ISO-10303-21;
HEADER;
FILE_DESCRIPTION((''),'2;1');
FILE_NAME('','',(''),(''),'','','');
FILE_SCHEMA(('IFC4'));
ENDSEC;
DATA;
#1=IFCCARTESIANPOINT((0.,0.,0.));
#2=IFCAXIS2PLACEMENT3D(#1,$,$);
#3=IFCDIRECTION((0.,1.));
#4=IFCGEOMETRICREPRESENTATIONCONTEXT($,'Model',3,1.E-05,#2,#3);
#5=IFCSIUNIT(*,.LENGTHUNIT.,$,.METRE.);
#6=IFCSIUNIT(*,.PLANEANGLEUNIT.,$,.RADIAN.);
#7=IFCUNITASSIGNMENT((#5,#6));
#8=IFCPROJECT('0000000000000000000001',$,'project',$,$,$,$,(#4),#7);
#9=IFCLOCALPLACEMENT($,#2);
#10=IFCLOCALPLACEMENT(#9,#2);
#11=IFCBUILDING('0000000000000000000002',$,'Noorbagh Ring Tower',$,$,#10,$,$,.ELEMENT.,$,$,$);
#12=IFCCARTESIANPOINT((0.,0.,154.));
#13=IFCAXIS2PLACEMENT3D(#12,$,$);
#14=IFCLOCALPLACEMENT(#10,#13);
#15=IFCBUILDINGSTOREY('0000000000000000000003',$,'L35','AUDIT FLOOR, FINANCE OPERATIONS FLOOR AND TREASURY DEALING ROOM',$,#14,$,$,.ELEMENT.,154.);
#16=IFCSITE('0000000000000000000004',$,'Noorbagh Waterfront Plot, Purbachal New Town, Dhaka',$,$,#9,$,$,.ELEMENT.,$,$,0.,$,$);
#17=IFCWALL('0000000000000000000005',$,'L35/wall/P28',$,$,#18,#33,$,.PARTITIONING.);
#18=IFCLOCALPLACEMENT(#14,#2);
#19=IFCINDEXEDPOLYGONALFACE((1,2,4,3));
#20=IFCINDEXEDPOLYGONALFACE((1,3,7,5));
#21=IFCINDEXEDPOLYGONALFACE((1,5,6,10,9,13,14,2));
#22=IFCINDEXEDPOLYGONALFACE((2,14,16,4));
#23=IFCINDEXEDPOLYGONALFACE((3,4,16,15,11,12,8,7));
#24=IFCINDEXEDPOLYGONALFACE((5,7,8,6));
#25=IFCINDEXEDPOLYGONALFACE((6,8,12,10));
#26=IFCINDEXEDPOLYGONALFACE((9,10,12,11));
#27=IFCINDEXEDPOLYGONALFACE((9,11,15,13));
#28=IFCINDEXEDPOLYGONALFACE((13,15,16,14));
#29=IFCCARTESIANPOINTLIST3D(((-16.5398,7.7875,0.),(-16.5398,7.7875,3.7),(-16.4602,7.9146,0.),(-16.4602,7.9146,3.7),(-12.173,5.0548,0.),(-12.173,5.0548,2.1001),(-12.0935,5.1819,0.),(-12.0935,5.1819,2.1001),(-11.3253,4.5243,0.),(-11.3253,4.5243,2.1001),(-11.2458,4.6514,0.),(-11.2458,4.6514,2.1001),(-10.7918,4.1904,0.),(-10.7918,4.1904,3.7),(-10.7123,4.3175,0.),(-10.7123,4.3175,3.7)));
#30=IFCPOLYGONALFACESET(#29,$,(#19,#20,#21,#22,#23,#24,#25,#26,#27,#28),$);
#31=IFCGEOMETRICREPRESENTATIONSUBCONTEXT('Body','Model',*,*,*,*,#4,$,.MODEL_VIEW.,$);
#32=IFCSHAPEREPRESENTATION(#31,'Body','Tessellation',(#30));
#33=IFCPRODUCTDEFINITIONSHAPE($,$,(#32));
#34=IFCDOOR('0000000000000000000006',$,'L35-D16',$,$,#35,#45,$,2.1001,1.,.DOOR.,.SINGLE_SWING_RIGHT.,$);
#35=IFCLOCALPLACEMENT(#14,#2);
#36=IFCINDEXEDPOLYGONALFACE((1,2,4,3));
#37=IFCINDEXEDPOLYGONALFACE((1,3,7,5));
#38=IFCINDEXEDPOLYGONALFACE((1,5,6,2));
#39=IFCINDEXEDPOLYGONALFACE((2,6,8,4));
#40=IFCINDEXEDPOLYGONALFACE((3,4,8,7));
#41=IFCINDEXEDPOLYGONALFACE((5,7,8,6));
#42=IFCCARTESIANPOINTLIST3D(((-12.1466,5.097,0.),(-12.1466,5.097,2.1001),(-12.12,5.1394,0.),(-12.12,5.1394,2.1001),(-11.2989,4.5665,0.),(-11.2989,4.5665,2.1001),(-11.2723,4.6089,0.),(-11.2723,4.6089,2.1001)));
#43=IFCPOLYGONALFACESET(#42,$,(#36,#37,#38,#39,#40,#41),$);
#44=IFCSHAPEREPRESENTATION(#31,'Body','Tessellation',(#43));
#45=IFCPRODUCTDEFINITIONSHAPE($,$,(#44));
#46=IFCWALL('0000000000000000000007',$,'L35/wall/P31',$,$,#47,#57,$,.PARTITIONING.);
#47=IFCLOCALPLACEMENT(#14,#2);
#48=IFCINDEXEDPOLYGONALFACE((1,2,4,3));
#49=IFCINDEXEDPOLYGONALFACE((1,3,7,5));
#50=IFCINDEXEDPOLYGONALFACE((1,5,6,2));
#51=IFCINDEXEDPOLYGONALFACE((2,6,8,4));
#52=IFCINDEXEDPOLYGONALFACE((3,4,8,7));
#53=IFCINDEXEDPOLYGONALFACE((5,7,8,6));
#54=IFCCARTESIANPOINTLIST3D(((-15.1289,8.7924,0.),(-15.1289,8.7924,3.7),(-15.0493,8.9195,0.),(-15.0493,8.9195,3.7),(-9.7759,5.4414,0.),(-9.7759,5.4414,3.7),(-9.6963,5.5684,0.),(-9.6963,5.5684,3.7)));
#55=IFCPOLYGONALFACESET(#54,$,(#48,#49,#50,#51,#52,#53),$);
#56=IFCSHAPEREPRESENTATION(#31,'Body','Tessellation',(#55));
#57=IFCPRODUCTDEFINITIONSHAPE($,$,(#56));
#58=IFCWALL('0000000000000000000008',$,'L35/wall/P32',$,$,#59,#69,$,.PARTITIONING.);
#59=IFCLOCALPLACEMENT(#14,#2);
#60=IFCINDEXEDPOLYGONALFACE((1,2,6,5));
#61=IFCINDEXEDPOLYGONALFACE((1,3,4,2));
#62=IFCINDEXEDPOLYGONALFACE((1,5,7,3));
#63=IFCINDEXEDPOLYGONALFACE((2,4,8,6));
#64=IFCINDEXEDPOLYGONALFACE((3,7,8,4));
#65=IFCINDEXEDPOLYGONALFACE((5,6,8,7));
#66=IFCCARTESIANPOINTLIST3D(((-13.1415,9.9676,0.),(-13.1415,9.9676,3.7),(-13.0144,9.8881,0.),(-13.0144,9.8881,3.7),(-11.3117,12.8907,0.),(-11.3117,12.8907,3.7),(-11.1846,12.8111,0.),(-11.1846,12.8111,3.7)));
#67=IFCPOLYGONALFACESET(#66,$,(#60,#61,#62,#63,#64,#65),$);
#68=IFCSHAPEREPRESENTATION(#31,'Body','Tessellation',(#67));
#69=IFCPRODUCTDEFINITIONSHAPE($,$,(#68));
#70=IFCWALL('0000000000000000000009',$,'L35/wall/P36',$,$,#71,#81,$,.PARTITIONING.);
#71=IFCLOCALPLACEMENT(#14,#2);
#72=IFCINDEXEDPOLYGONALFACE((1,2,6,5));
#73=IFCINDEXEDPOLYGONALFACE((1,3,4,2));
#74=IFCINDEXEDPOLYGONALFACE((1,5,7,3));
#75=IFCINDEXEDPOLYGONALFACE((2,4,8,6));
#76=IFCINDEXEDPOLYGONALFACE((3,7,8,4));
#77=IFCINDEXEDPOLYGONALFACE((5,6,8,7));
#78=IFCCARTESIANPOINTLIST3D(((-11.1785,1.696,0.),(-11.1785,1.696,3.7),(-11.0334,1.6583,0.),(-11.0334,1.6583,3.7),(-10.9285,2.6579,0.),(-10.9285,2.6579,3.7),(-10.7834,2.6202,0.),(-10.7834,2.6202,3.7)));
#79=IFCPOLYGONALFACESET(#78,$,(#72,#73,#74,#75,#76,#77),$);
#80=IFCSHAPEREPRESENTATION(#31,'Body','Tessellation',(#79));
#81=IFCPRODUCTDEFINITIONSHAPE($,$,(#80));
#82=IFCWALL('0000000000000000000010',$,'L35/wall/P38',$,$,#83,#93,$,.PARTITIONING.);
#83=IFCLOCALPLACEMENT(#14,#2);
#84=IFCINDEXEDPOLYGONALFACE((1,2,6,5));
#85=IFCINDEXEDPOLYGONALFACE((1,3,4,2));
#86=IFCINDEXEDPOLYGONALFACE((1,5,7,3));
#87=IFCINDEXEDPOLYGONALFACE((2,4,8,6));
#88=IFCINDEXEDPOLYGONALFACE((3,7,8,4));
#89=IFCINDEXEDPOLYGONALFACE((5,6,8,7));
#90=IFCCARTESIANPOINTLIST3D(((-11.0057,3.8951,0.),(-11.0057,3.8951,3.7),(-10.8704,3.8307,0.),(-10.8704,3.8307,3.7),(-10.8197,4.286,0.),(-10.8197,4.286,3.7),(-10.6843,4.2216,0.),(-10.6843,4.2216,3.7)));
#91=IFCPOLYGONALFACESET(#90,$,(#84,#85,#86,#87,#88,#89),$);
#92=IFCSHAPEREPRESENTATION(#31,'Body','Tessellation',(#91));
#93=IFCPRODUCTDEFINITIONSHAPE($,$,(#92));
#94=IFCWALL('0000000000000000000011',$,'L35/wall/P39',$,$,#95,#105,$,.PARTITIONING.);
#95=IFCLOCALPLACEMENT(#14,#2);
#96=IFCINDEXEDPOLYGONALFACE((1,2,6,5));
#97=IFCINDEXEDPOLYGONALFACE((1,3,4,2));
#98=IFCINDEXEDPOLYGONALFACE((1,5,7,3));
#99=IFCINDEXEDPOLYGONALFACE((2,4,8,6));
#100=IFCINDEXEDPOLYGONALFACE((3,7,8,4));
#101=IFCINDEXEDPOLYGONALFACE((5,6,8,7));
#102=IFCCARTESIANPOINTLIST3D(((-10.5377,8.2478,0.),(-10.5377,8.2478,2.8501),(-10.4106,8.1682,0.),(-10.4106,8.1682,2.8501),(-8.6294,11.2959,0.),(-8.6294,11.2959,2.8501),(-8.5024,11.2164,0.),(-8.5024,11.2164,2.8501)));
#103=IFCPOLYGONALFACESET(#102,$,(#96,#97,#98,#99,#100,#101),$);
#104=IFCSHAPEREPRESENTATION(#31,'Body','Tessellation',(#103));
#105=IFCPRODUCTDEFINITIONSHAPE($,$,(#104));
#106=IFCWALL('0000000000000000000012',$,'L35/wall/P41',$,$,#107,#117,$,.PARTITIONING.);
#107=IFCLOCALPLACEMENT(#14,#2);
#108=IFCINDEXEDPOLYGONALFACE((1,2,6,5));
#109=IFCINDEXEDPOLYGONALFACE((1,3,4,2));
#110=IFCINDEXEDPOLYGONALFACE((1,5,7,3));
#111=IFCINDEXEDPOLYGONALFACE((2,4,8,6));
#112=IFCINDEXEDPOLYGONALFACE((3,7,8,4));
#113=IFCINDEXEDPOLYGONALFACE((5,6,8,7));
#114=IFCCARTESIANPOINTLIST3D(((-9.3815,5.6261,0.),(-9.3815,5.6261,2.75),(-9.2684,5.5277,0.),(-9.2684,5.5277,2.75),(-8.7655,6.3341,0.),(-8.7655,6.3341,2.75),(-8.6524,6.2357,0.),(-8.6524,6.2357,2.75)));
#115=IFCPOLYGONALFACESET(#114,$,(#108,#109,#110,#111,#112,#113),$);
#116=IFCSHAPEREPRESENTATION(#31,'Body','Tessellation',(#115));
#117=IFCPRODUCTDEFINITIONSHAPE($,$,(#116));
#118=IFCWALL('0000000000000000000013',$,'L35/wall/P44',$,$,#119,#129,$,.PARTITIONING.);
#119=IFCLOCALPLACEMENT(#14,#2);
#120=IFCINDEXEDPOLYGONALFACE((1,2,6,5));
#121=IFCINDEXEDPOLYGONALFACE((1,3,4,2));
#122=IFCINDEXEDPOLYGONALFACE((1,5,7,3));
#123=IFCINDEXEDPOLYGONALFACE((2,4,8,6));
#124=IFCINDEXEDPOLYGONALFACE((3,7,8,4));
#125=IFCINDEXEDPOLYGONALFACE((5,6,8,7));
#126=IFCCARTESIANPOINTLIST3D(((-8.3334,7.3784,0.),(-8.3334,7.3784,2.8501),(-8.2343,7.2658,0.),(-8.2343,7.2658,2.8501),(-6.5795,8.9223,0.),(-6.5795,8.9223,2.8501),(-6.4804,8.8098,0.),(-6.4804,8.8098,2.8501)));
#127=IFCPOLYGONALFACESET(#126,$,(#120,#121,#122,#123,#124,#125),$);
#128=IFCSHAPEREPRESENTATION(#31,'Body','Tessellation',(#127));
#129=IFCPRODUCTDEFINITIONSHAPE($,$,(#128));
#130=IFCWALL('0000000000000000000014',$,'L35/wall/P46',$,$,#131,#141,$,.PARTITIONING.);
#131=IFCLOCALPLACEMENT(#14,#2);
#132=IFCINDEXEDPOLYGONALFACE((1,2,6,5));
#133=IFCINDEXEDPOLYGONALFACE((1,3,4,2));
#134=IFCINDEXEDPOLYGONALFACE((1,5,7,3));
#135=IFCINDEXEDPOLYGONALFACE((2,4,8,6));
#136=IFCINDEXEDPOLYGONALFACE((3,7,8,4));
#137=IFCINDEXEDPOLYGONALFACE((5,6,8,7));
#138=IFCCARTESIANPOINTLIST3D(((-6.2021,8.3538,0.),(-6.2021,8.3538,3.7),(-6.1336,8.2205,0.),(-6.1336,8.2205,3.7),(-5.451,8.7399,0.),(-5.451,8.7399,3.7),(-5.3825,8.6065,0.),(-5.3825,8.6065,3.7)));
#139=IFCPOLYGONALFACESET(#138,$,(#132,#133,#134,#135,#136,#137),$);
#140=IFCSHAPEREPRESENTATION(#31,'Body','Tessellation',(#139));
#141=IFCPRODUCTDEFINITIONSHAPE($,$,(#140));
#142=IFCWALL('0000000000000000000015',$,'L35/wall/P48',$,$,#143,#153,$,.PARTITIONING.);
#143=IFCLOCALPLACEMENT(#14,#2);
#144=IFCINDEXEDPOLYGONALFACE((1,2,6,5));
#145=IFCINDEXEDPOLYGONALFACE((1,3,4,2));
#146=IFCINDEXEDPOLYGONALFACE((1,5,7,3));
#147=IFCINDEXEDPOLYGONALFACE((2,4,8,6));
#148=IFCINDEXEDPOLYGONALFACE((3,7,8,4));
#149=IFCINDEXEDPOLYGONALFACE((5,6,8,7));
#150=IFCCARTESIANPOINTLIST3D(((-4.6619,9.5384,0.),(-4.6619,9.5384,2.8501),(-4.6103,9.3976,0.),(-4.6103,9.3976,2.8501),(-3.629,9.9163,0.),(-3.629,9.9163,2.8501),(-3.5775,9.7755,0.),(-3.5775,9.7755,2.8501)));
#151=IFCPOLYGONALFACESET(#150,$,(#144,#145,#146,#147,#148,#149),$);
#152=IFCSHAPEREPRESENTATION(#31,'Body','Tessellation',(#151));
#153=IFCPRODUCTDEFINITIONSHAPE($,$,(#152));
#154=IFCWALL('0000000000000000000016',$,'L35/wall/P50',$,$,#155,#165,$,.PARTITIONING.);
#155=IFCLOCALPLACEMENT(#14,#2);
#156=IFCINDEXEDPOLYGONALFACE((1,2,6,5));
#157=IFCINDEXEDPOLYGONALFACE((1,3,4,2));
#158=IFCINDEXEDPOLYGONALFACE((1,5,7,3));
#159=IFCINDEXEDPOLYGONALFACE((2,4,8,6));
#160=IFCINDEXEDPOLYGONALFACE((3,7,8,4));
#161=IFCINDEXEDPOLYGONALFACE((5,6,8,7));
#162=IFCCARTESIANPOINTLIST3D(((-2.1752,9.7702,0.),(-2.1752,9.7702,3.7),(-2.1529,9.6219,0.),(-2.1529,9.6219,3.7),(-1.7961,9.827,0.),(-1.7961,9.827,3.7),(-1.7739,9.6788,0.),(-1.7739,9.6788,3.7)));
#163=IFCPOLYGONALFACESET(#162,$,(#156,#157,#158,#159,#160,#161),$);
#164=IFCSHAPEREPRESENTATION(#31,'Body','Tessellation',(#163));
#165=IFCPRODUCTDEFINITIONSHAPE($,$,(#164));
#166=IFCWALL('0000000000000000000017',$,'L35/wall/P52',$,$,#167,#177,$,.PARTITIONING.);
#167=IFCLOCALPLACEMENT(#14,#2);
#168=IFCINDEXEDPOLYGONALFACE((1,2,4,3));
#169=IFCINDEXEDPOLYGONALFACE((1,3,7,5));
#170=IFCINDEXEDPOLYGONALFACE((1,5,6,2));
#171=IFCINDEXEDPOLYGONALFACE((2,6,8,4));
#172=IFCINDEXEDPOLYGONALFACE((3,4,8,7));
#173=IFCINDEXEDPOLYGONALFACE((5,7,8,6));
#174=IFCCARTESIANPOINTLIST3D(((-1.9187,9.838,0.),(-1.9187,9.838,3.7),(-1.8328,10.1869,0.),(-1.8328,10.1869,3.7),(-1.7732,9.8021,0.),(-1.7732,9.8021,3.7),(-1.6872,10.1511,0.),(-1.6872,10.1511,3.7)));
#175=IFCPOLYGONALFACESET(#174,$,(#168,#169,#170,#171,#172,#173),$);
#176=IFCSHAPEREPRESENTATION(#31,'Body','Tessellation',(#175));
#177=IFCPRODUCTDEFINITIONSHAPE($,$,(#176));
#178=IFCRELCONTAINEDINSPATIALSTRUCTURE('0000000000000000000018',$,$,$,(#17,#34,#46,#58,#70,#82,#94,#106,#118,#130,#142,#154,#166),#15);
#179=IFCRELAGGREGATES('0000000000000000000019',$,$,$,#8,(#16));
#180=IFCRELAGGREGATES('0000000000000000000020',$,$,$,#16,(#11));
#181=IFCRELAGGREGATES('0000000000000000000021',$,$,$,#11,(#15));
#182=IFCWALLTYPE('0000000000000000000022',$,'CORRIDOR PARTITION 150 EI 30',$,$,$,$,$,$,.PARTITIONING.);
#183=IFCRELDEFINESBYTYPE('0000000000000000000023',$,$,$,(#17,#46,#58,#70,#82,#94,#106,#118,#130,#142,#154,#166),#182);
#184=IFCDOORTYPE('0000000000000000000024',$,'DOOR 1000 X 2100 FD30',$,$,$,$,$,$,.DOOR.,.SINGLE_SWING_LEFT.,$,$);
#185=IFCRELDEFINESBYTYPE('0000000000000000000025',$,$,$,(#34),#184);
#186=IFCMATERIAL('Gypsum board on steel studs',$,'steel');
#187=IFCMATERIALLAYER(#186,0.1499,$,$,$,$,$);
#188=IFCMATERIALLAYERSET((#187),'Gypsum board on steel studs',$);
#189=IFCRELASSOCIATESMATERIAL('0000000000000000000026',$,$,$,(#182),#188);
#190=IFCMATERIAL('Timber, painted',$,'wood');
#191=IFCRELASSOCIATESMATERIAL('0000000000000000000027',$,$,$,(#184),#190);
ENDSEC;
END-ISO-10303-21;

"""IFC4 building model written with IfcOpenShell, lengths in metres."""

from ifc_helpers import new_model, si_unit, direction, frame, frame_2d, origin, place, context, subcontext, project, spatial, rectangle, extrude, material, layer, layer_set, type_object, element, fill, save


model = new_model("IFC4")

# Units and contexts
model_context = context("Model", 3, precision=1e-05, world=origin(), true_north=direction((0.0, 1.0)))
body_context = subcontext(model_context, "Body", "Model", "MODEL_VIEW")
ifc_project = project(units=[si_unit("LENGTHUNIT", "METRE"), si_unit("PLANEANGLEUNIT", "RADIAN")], contexts=[model_context])

# Site, building, storey
site_placement = place(None, origin())
site = spatial("IfcSite", under=ifc_project, at=site_placement, Name="Noorbagh Waterfront Plot, Purbachal New Town, Dhaka", CompositionType="ELEMENT", RefElevation=0.0)
building_placement = place(site_placement, origin())
building = spatial("IfcBuilding", under=site, at=building_placement, Name="Noorbagh Ring Tower", CompositionType="ELEMENT")
storey_placement = place(building_placement, frame((0.0, 0.0, 154.0)))
storey = spatial("IfcBuildingStorey", under=building, at=storey_placement, Name="L35", Description="AUDIT FLOOR, FINANCE OPERATIONS FLOOR AND TREASURY DEALING ROOM", CompositionType="ELEMENT", Elevation=154.0)

# Wall, opening, door
ifc_material_1 = material(Name="Gypsum board on steel studs", Category="steel")
ifc_layer_1 = layer(ifc_material_1, 0.1499)
ifc_layer_set_1 = layer_set([ifc_layer_1], Name="Gypsum board on steel studs")
wall_type_1 = type_object("IfcWallType", Name="CORRIDOR PARTITION 150 EI 30", PredefinedType="PARTITIONING", material=ifc_layer_set_1)
wall_1_placement = place(storey_placement, frame((-16.5, 7.8511, 0.0), z_axis=(0.0, 0.0, 1.0), x_axis=(0.847691, -0.530491, 0.0)))
wall_1 = element("IfcWall", 1, at=wall_1_placement, inside=storey, type_object=wall_type_1, Name="L35/wall/P28", PredefinedType="PARTITIONING", context=body_context, shape_type="SweptSolid", body=[
    extrude(rectangle(XDim=6.7808, YDim=0.1499, at=frame_2d((3.3904, 0.0))), origin(), (0.0, 0.0, 1.0), 3.7),
])
opening_1_placement = place(wall_1_placement, frame((5.1514, 0.0, 0.0)))
opening_1 = element("IfcOpeningElement", 2, at=opening_1_placement, cuts=wall_1, PredefinedType="OPENING", context=body_context, shape_type="SweptSolid", body=[
    extrude(rectangle(XDim=1.0, YDim=2.1001, at=frame_2d((0.5, 1.05))), frame((0.0, 0.085, 0.0), z_axis=(0.0, -1.0, 0.0), x_axis=(1.0, 0.0, 0.0)), (0.0, 0.0, 1.0), 0.1699),
])
ifc_material_2 = material(Name="Timber, painted", Category="wood")
door_type_1 = type_object("IfcDoorType", Name="DOOR 1000 X 2100 FD30", OperationType="SINGLE_SWING_LEFT", PredefinedType="DOOR", material=ifc_material_2)
door_1_placement = place(opening_1_placement, origin())
door_1 = element("IfcDoor", 3, at=door_1_placement, inside=storey, type_object=door_type_1, Name="L35-D16", OperationType="SINGLE_SWING_RIGHT", OverallHeight=2.1001, OverallWidth=1.0, PredefinedType="DOOR", context=body_context, shape_type="SweptSolid", body=[
    extrude(rectangle(XDim=1.0, YDim=2.1001, at=frame_2d((0.5, 1.05))), frame((0.0, 0.0249, 0.0), z_axis=(0.0, -1.0, 0.0), x_axis=(1.0, 0.0, 0.0)), (0.0, 0.0, 1.0), 0.05),
])
fill(opening_1, door_1)

# Walls
wall_2_placement = place(storey_placement, frame((-15.0891, 8.856, 0.0), z_axis=(0.0, 0.0, 1.0), x_axis=(0.847612, -0.530617, 0.0)))
element("IfcWall", 4, at=wall_2_placement, inside=storey, type_object=wall_type_1, Name="L35/wall/P31", PredefinedType="PARTITIONING", context=body_context, shape_type="SweptSolid", body=[
    extrude(rectangle(XDim=6.3154, YDim=0.1499, at=frame_2d((3.1577, 0.0))), origin(), (0.0, 0.0, 1.0), 3.7),
])
wall_3_placement = place(storey_placement, frame((-13.0779, 9.928, 0.0), z_axis=(0.0, 0.0, 1.0), x_axis=(0.530603, 0.84762, 0.0)))
element("IfcWall", 5, at=wall_3_placement, inside=storey, type_object=wall_type_1, Name="L35/wall/P32", PredefinedType="PARTITIONING", context=body_context, shape_type="SweptSolid", body=[
    extrude(rectangle(XDim=3.4485, YDim=0.1499, at=frame_2d((1.7241, 0.0))), origin(), (0.0, 0.0, 1.0), 3.7),
])
wall_4_placement = place(storey_placement, frame((-11.106, 1.677, 0.0), z_axis=(0.0, 0.0, 1.0), x_axis=(0.251542, 0.967846, 0.0)))
element("IfcWall", 6, at=wall_4_placement, inside=storey, type_object=wall_type_1, Name="L35/wall/P36", PredefinedType="PARTITIONING", context=body_context, shape_type="SweptSolid", body=[
    extrude(rectangle(XDim=0.9939, YDim=0.1499, at=frame_2d((0.4971, 0.0))), origin(), (0.0, 0.0, 1.0), 3.7),
])
wall_5_placement = place(storey_placement, frame((-10.938, 3.863, 0.0), z_axis=(0.0, 0.0, 1.0), x_axis=(0.429758, 0.902944, 0.0)))
element("IfcWall", 7, at=wall_5_placement, inside=storey, type_object=wall_type_1, Name="L35/wall/P38", PredefinedType="PARTITIONING", context=body_context, shape_type="SweptSolid", body=[
    extrude(rectangle(XDim=0.4329, YDim=0.1499, at=frame_2d((0.2163, 0.0))), origin(), (0.0, 0.0, 1.0), 3.7),
])
wall_6_placement = place(storey_placement, frame((-10.4741, 8.208, 0.0), z_axis=(0.0, 0.0, 1.0), x_axis=(0.530627, 0.847605, 0.0)))
element("IfcWall", 8, at=wall_6_placement, inside=storey, type_object=wall_type_1, Name="L35/wall/P39", PredefinedType="PARTITIONING", context=body_context, shape_type="SweptSolid", body=[
    extrude(rectangle(XDim=3.5962, YDim=0.1499, at=frame_2d((1.7981, 0.0))), origin(), (0.0, 0.0, 1.0), 2.8501),
])
wall_7_placement = place(storey_placement, frame((-9.325, 5.5769, 0.0), z_axis=(0.0, 0.0, 1.0), x_axis=(0.656365, 0.754443, 0.0)))
element("IfcWall", 9, at=wall_7_placement, inside=storey, type_object=wall_type_1, Name="L35/wall/P41", PredefinedType="PARTITIONING", context=body_context, shape_type="SweptSolid", body=[
    extrude(rectangle(XDim=0.9385, YDim=0.1499, at=frame_2d((0.4692, 0.0))), origin(), (0.0, 0.0, 1.0), 2.75),
])
wall_8_placement = place(storey_placement, frame((-8.2839, 7.322, 0.0), z_axis=(0.0, 0.0, 1.0), x_axis=(0.750606, 0.66075, 0.0)))
element("IfcWall", 10, at=wall_8_placement, inside=storey, type_object=wall_type_1, Name="L35/wall/P44", PredefinedType="PARTITIONING", context=body_context, shape_type="SweptSolid", body=[
    extrude(rectangle(XDim=2.3367, YDim=0.1499, at=frame_2d((1.1685, 0.0))), origin(), (0.0, 0.0, 1.0), 2.8501),
])
wall_9_placement = place(storey_placement, frame((-6.168, 8.2871, 0.0), z_axis=(0.0, 0.0, 1.0), x_axis=(0.889399, 0.457132, 0.0)))
element("IfcWall", 11, at=wall_9_placement, inside=storey, type_object=wall_type_1, Name="L35/wall/P46", PredefinedType="PARTITIONING", context=body_context, shape_type="SweptSolid", body=[
    extrude(rectangle(XDim=0.8445, YDim=0.1499, at=frame_2d((0.4224, 0.0))), origin(), (0.0, 0.0, 1.0), 3.7),
])
wall_10_placement = place(storey_placement, frame((-4.636, 9.468, 0.0), z_axis=(0.0, 0.0, 1.0), x_axis=(0.939118, 0.343596, 0.0)))
element("IfcWall", 12, at=wall_10_placement, inside=storey, type_object=wall_type_1, Name="L35/wall/P48", PredefinedType="PARTITIONING", context=body_context, shape_type="SweptSolid", body=[
    extrude(rectangle(XDim=1.0999, YDim=0.1499, at=frame_2d((0.5498, 0.0))), origin(), (0.0, 0.0, 1.0), 2.8501),
])
wall_11_placement = place(storey_placement, frame((-2.1641, 9.696, 0.0), z_axis=(0.0, 0.0, 1.0), x_axis=(0.988932, 0.148372, 0.0)))
element("IfcWall", 13, at=wall_11_placement, inside=storey, type_object=wall_type_1, Name="L35/wall/P50", PredefinedType="PARTITIONING", context=body_context, shape_type="SweptSolid", body=[
    extrude(rectangle(XDim=0.3833, YDim=0.1499, at=frame_2d((0.1917, 0.0))), origin(), (0.0, 0.0, 1.0), 3.7),
])
wall_12_placement = place(storey_placement, frame((-1.8459, 9.8201, 0.0), z_axis=(0.0, 0.0, 1.0), x_axis=(0.239177, 0.970976, 0.0)))
element("IfcWall", 14, at=wall_12_placement, inside=storey, type_object=wall_type_1, Name="L35/wall/P52", PredefinedType="PARTITIONING", context=body_context, shape_type="SweptSolid", body=[
    extrude(rectangle(XDim=0.3594, YDim=0.1499, at=frame_2d((0.1797, 0.0))), origin(), (0.0, 0.0, 1.0), 3.7),
])

save(model, "model.ifc")
